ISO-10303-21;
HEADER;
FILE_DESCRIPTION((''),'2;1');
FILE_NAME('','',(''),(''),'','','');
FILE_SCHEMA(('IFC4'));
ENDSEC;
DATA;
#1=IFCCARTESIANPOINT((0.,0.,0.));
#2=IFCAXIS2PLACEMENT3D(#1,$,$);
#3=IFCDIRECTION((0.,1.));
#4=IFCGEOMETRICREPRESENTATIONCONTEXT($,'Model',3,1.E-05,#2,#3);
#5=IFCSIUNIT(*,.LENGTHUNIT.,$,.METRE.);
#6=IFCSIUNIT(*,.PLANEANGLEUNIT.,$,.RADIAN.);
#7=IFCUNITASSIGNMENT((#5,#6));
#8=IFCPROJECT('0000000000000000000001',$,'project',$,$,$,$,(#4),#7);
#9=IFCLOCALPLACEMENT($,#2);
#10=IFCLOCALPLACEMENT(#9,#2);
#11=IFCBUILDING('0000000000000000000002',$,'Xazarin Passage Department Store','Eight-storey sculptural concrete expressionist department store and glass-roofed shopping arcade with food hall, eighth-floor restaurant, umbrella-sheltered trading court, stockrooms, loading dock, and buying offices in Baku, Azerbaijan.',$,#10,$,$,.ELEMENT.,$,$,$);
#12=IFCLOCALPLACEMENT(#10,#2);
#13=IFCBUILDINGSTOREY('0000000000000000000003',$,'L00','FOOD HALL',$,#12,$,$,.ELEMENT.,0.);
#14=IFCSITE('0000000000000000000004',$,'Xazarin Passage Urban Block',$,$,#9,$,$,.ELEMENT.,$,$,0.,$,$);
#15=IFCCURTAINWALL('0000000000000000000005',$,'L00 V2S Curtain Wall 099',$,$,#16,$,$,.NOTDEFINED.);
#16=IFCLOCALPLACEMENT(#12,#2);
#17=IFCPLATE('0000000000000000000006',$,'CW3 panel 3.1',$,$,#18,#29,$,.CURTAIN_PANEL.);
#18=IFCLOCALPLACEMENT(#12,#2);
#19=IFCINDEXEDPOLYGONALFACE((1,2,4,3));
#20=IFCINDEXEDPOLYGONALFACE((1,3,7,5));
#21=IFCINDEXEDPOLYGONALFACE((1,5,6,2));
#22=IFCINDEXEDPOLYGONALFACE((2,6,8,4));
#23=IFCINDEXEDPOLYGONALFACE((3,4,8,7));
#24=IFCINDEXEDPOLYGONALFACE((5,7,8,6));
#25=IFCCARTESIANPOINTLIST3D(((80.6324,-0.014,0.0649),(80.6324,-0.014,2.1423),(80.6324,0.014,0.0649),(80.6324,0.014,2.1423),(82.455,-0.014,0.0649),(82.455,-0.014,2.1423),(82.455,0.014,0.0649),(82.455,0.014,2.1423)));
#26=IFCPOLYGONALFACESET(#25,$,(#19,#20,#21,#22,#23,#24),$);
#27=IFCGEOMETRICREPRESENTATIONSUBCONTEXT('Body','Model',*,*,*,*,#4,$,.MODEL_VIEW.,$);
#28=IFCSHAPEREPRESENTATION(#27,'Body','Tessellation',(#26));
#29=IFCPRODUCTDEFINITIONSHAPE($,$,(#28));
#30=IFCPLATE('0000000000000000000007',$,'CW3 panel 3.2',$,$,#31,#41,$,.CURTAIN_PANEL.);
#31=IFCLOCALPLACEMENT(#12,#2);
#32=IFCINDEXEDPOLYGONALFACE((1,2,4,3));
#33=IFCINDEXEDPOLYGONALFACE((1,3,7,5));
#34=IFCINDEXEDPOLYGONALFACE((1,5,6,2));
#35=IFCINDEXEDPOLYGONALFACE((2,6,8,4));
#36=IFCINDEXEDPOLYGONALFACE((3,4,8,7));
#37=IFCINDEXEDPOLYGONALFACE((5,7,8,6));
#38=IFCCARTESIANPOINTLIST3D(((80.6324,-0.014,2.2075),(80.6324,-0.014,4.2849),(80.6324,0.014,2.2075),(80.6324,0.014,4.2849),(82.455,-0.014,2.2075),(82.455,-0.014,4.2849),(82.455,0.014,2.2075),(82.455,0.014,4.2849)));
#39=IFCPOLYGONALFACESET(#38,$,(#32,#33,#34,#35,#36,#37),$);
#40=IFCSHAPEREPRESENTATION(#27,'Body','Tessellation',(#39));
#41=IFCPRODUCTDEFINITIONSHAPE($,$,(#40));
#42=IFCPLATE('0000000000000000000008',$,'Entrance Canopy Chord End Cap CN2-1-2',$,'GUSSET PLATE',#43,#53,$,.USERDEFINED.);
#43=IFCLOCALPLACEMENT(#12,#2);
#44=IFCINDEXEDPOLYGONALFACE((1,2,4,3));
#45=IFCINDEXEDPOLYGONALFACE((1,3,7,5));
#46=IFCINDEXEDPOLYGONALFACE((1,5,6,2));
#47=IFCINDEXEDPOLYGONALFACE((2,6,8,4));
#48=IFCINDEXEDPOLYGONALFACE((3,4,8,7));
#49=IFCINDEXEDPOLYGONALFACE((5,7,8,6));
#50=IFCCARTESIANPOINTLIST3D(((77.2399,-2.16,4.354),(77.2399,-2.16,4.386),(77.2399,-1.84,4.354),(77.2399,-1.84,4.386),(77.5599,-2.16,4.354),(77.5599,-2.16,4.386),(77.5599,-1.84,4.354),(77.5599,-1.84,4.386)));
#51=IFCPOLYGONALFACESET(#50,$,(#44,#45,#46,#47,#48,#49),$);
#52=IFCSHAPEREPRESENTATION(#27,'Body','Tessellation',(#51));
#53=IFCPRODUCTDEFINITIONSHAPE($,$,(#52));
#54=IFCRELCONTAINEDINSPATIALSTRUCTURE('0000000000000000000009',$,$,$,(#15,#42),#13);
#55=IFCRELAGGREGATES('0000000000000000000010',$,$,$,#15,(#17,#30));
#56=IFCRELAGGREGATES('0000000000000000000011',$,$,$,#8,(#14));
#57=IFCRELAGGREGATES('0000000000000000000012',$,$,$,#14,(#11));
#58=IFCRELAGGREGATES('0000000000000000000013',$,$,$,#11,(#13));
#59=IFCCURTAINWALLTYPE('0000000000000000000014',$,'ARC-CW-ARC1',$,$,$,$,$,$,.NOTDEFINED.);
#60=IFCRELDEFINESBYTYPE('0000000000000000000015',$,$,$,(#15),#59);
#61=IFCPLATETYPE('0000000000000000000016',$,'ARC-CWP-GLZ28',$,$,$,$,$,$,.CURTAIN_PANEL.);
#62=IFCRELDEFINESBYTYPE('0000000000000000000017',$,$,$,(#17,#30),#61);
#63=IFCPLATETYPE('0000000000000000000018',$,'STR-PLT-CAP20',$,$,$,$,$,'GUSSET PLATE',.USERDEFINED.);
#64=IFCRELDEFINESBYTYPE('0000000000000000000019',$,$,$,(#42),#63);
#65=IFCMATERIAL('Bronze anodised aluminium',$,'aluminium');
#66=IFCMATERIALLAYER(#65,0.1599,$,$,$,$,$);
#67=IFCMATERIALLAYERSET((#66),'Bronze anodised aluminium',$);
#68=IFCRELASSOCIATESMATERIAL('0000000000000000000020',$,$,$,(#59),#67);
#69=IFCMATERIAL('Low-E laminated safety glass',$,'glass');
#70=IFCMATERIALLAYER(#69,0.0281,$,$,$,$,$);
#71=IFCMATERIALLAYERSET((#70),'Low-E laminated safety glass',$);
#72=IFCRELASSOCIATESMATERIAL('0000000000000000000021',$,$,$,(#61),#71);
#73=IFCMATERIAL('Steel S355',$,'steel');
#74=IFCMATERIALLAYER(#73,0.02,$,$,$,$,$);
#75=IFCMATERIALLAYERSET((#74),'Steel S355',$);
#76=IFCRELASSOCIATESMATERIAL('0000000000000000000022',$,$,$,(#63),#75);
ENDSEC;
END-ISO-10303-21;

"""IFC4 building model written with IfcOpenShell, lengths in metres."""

from ifc_helpers import new_model, si_unit, direction, frame, origin, origin_2d, place, context, subcontext, project, spatial, rectangle, extrude, material, layer, layer_set, type_object, element, aggregate, save


model = new_model("IFC4")

# Units and contexts
model_context = context("Model", 3, precision=1e-05, world=origin(), true_north=direction((0.0, 1.0)))
body_context = subcontext(model_context, "Body", "Model", "MODEL_VIEW")
ifc_project = project(units=[si_unit("LENGTHUNIT", "METRE"), si_unit("PLANEANGLEUNIT", "RADIAN")], contexts=[model_context])

# Site, building, storey
site_placement = place(None, origin())
site = spatial("IfcSite", under=ifc_project, at=site_placement, Name="Xazarin Passage Urban Block", CompositionType="ELEMENT", RefElevation=0.0)
building_placement = place(site_placement, origin())
building = spatial("IfcBuilding", under=site, at=building_placement, Name="Xazarin Passage Department Store", Description="Eight-storey sculptural concrete expressionist department store and glass-roofed shopping arcade with food hall, eighth-floor restaurant, umbrella-sheltered trading court, stockrooms, loading dock, and buying offices in Baku, Azerbaijan.", CompositionType="ELEMENT")
storey_placement = place(building_placement, origin())
storey = spatial("IfcBuildingStorey", under=building, at=storey_placement, Name="L00", Description="FOOD HALL", CompositionType="ELEMENT", Elevation=0.0)

# Curtain wall
ifc_material_1 = material(Name="Bronze anodised aluminium", Category="aluminium")
ifc_layer_1 = layer(ifc_material_1, 0.1599)
ifc_layer_set_1 = layer_set([ifc_layer_1], Name="Bronze anodised aluminium")
curtain_wall_type = type_object("IfcCurtainWallType", Name="ARC-CW-ARC1", PredefinedType="NOTDEFINED", material=ifc_layer_set_1)
curtain_wall_placement = place(storey_placement, origin())
curtain_wall = element("IfcCurtainWall", 1, at=curtain_wall_placement, inside=storey, type_object=curtain_wall_type, Name="L00 V2S Curtain Wall 099", PredefinedType="NOTDEFINED")

# Shared definitions
ifc_material_2 = material(Name="Steel S355", Category="steel")

# Plates
ifc_material_3 = material(Name="Low-E laminated safety glass", Category="glass")
ifc_layer_2 = layer(ifc_material_3, 0.0281)
ifc_layer_set_2 = layer_set([ifc_layer_2], Name="Low-E laminated safety glass")
plate_type_1 = type_object("IfcPlateType", Name="ARC-CWP-GLZ28", PredefinedType="CURTAIN_PANEL", material=ifc_layer_set_2)
plate_1_placement = place(storey_placement, frame((81.5437, 0.0, 0.0649), z_axis=(0.0, 0.0, 1.0), x_axis=(1.0, 0.0, 0.0)))
plate_1 = element("IfcPlate", 2, at=plate_1_placement, type_object=plate_type_1, Name="CW3 panel 3.1", PredefinedType="CURTAIN_PANEL", context=body_context, shape_type="SweptSolid", body=[
    extrude(rectangle(XDim=1.8225, YDim=0.0281, at=origin_2d()), origin(), (0.0, 0.0, 1.0), 2.0774),
])
plate_2_placement = place(storey_placement, frame((81.5437, 0.0, 2.2075), z_axis=(0.0, 0.0, 1.0), x_axis=(1.0, 0.0, 0.0)))
plate_2 = element("IfcPlate", 3, at=plate_2_placement, type_object=plate_type_1, Name="CW3 panel 3.2", PredefinedType="CURTAIN_PANEL", context=body_context, shape_type="SweptSolid", body=[
    extrude(rectangle(XDim=1.8225, YDim=0.0281, at=origin_2d()), origin(), (0.0, 0.0, 1.0), 2.0774),
])
aggregate(curtain_wall, [plate_1, plate_2])
ifc_layer_3 = layer(ifc_material_2, 0.02)
ifc_layer_set_3 = layer_set([ifc_layer_3], Name="Steel S355")
plate_type_2 = type_object("IfcPlateType", Name="STR-PLT-CAP20", ElementType="GUSSET PLATE", PredefinedType="USERDEFINED", material=ifc_layer_set_3)
plate_3_placement = place(storey_placement, frame((77.3999, -2.0, 4.354), z_axis=(0.0, 0.0, 1.0), x_axis=(1.0, 0.0, 0.0)))
element("IfcPlate", 4, at=plate_3_placement, inside=storey, type_object=plate_type_2, Name="Entrance Canopy Chord End Cap CN2-1-2", ObjectType="GUSSET PLATE", PredefinedType="USERDEFINED", context=body_context, shape_type="SweptSolid", body=[
    extrude(rectangle(XDim=0.3201, YDim=0.3201, at=origin_2d()), origin(), (0.0, 0.0, 1.0), 0.032),
])

save(model, "model.ifc")
